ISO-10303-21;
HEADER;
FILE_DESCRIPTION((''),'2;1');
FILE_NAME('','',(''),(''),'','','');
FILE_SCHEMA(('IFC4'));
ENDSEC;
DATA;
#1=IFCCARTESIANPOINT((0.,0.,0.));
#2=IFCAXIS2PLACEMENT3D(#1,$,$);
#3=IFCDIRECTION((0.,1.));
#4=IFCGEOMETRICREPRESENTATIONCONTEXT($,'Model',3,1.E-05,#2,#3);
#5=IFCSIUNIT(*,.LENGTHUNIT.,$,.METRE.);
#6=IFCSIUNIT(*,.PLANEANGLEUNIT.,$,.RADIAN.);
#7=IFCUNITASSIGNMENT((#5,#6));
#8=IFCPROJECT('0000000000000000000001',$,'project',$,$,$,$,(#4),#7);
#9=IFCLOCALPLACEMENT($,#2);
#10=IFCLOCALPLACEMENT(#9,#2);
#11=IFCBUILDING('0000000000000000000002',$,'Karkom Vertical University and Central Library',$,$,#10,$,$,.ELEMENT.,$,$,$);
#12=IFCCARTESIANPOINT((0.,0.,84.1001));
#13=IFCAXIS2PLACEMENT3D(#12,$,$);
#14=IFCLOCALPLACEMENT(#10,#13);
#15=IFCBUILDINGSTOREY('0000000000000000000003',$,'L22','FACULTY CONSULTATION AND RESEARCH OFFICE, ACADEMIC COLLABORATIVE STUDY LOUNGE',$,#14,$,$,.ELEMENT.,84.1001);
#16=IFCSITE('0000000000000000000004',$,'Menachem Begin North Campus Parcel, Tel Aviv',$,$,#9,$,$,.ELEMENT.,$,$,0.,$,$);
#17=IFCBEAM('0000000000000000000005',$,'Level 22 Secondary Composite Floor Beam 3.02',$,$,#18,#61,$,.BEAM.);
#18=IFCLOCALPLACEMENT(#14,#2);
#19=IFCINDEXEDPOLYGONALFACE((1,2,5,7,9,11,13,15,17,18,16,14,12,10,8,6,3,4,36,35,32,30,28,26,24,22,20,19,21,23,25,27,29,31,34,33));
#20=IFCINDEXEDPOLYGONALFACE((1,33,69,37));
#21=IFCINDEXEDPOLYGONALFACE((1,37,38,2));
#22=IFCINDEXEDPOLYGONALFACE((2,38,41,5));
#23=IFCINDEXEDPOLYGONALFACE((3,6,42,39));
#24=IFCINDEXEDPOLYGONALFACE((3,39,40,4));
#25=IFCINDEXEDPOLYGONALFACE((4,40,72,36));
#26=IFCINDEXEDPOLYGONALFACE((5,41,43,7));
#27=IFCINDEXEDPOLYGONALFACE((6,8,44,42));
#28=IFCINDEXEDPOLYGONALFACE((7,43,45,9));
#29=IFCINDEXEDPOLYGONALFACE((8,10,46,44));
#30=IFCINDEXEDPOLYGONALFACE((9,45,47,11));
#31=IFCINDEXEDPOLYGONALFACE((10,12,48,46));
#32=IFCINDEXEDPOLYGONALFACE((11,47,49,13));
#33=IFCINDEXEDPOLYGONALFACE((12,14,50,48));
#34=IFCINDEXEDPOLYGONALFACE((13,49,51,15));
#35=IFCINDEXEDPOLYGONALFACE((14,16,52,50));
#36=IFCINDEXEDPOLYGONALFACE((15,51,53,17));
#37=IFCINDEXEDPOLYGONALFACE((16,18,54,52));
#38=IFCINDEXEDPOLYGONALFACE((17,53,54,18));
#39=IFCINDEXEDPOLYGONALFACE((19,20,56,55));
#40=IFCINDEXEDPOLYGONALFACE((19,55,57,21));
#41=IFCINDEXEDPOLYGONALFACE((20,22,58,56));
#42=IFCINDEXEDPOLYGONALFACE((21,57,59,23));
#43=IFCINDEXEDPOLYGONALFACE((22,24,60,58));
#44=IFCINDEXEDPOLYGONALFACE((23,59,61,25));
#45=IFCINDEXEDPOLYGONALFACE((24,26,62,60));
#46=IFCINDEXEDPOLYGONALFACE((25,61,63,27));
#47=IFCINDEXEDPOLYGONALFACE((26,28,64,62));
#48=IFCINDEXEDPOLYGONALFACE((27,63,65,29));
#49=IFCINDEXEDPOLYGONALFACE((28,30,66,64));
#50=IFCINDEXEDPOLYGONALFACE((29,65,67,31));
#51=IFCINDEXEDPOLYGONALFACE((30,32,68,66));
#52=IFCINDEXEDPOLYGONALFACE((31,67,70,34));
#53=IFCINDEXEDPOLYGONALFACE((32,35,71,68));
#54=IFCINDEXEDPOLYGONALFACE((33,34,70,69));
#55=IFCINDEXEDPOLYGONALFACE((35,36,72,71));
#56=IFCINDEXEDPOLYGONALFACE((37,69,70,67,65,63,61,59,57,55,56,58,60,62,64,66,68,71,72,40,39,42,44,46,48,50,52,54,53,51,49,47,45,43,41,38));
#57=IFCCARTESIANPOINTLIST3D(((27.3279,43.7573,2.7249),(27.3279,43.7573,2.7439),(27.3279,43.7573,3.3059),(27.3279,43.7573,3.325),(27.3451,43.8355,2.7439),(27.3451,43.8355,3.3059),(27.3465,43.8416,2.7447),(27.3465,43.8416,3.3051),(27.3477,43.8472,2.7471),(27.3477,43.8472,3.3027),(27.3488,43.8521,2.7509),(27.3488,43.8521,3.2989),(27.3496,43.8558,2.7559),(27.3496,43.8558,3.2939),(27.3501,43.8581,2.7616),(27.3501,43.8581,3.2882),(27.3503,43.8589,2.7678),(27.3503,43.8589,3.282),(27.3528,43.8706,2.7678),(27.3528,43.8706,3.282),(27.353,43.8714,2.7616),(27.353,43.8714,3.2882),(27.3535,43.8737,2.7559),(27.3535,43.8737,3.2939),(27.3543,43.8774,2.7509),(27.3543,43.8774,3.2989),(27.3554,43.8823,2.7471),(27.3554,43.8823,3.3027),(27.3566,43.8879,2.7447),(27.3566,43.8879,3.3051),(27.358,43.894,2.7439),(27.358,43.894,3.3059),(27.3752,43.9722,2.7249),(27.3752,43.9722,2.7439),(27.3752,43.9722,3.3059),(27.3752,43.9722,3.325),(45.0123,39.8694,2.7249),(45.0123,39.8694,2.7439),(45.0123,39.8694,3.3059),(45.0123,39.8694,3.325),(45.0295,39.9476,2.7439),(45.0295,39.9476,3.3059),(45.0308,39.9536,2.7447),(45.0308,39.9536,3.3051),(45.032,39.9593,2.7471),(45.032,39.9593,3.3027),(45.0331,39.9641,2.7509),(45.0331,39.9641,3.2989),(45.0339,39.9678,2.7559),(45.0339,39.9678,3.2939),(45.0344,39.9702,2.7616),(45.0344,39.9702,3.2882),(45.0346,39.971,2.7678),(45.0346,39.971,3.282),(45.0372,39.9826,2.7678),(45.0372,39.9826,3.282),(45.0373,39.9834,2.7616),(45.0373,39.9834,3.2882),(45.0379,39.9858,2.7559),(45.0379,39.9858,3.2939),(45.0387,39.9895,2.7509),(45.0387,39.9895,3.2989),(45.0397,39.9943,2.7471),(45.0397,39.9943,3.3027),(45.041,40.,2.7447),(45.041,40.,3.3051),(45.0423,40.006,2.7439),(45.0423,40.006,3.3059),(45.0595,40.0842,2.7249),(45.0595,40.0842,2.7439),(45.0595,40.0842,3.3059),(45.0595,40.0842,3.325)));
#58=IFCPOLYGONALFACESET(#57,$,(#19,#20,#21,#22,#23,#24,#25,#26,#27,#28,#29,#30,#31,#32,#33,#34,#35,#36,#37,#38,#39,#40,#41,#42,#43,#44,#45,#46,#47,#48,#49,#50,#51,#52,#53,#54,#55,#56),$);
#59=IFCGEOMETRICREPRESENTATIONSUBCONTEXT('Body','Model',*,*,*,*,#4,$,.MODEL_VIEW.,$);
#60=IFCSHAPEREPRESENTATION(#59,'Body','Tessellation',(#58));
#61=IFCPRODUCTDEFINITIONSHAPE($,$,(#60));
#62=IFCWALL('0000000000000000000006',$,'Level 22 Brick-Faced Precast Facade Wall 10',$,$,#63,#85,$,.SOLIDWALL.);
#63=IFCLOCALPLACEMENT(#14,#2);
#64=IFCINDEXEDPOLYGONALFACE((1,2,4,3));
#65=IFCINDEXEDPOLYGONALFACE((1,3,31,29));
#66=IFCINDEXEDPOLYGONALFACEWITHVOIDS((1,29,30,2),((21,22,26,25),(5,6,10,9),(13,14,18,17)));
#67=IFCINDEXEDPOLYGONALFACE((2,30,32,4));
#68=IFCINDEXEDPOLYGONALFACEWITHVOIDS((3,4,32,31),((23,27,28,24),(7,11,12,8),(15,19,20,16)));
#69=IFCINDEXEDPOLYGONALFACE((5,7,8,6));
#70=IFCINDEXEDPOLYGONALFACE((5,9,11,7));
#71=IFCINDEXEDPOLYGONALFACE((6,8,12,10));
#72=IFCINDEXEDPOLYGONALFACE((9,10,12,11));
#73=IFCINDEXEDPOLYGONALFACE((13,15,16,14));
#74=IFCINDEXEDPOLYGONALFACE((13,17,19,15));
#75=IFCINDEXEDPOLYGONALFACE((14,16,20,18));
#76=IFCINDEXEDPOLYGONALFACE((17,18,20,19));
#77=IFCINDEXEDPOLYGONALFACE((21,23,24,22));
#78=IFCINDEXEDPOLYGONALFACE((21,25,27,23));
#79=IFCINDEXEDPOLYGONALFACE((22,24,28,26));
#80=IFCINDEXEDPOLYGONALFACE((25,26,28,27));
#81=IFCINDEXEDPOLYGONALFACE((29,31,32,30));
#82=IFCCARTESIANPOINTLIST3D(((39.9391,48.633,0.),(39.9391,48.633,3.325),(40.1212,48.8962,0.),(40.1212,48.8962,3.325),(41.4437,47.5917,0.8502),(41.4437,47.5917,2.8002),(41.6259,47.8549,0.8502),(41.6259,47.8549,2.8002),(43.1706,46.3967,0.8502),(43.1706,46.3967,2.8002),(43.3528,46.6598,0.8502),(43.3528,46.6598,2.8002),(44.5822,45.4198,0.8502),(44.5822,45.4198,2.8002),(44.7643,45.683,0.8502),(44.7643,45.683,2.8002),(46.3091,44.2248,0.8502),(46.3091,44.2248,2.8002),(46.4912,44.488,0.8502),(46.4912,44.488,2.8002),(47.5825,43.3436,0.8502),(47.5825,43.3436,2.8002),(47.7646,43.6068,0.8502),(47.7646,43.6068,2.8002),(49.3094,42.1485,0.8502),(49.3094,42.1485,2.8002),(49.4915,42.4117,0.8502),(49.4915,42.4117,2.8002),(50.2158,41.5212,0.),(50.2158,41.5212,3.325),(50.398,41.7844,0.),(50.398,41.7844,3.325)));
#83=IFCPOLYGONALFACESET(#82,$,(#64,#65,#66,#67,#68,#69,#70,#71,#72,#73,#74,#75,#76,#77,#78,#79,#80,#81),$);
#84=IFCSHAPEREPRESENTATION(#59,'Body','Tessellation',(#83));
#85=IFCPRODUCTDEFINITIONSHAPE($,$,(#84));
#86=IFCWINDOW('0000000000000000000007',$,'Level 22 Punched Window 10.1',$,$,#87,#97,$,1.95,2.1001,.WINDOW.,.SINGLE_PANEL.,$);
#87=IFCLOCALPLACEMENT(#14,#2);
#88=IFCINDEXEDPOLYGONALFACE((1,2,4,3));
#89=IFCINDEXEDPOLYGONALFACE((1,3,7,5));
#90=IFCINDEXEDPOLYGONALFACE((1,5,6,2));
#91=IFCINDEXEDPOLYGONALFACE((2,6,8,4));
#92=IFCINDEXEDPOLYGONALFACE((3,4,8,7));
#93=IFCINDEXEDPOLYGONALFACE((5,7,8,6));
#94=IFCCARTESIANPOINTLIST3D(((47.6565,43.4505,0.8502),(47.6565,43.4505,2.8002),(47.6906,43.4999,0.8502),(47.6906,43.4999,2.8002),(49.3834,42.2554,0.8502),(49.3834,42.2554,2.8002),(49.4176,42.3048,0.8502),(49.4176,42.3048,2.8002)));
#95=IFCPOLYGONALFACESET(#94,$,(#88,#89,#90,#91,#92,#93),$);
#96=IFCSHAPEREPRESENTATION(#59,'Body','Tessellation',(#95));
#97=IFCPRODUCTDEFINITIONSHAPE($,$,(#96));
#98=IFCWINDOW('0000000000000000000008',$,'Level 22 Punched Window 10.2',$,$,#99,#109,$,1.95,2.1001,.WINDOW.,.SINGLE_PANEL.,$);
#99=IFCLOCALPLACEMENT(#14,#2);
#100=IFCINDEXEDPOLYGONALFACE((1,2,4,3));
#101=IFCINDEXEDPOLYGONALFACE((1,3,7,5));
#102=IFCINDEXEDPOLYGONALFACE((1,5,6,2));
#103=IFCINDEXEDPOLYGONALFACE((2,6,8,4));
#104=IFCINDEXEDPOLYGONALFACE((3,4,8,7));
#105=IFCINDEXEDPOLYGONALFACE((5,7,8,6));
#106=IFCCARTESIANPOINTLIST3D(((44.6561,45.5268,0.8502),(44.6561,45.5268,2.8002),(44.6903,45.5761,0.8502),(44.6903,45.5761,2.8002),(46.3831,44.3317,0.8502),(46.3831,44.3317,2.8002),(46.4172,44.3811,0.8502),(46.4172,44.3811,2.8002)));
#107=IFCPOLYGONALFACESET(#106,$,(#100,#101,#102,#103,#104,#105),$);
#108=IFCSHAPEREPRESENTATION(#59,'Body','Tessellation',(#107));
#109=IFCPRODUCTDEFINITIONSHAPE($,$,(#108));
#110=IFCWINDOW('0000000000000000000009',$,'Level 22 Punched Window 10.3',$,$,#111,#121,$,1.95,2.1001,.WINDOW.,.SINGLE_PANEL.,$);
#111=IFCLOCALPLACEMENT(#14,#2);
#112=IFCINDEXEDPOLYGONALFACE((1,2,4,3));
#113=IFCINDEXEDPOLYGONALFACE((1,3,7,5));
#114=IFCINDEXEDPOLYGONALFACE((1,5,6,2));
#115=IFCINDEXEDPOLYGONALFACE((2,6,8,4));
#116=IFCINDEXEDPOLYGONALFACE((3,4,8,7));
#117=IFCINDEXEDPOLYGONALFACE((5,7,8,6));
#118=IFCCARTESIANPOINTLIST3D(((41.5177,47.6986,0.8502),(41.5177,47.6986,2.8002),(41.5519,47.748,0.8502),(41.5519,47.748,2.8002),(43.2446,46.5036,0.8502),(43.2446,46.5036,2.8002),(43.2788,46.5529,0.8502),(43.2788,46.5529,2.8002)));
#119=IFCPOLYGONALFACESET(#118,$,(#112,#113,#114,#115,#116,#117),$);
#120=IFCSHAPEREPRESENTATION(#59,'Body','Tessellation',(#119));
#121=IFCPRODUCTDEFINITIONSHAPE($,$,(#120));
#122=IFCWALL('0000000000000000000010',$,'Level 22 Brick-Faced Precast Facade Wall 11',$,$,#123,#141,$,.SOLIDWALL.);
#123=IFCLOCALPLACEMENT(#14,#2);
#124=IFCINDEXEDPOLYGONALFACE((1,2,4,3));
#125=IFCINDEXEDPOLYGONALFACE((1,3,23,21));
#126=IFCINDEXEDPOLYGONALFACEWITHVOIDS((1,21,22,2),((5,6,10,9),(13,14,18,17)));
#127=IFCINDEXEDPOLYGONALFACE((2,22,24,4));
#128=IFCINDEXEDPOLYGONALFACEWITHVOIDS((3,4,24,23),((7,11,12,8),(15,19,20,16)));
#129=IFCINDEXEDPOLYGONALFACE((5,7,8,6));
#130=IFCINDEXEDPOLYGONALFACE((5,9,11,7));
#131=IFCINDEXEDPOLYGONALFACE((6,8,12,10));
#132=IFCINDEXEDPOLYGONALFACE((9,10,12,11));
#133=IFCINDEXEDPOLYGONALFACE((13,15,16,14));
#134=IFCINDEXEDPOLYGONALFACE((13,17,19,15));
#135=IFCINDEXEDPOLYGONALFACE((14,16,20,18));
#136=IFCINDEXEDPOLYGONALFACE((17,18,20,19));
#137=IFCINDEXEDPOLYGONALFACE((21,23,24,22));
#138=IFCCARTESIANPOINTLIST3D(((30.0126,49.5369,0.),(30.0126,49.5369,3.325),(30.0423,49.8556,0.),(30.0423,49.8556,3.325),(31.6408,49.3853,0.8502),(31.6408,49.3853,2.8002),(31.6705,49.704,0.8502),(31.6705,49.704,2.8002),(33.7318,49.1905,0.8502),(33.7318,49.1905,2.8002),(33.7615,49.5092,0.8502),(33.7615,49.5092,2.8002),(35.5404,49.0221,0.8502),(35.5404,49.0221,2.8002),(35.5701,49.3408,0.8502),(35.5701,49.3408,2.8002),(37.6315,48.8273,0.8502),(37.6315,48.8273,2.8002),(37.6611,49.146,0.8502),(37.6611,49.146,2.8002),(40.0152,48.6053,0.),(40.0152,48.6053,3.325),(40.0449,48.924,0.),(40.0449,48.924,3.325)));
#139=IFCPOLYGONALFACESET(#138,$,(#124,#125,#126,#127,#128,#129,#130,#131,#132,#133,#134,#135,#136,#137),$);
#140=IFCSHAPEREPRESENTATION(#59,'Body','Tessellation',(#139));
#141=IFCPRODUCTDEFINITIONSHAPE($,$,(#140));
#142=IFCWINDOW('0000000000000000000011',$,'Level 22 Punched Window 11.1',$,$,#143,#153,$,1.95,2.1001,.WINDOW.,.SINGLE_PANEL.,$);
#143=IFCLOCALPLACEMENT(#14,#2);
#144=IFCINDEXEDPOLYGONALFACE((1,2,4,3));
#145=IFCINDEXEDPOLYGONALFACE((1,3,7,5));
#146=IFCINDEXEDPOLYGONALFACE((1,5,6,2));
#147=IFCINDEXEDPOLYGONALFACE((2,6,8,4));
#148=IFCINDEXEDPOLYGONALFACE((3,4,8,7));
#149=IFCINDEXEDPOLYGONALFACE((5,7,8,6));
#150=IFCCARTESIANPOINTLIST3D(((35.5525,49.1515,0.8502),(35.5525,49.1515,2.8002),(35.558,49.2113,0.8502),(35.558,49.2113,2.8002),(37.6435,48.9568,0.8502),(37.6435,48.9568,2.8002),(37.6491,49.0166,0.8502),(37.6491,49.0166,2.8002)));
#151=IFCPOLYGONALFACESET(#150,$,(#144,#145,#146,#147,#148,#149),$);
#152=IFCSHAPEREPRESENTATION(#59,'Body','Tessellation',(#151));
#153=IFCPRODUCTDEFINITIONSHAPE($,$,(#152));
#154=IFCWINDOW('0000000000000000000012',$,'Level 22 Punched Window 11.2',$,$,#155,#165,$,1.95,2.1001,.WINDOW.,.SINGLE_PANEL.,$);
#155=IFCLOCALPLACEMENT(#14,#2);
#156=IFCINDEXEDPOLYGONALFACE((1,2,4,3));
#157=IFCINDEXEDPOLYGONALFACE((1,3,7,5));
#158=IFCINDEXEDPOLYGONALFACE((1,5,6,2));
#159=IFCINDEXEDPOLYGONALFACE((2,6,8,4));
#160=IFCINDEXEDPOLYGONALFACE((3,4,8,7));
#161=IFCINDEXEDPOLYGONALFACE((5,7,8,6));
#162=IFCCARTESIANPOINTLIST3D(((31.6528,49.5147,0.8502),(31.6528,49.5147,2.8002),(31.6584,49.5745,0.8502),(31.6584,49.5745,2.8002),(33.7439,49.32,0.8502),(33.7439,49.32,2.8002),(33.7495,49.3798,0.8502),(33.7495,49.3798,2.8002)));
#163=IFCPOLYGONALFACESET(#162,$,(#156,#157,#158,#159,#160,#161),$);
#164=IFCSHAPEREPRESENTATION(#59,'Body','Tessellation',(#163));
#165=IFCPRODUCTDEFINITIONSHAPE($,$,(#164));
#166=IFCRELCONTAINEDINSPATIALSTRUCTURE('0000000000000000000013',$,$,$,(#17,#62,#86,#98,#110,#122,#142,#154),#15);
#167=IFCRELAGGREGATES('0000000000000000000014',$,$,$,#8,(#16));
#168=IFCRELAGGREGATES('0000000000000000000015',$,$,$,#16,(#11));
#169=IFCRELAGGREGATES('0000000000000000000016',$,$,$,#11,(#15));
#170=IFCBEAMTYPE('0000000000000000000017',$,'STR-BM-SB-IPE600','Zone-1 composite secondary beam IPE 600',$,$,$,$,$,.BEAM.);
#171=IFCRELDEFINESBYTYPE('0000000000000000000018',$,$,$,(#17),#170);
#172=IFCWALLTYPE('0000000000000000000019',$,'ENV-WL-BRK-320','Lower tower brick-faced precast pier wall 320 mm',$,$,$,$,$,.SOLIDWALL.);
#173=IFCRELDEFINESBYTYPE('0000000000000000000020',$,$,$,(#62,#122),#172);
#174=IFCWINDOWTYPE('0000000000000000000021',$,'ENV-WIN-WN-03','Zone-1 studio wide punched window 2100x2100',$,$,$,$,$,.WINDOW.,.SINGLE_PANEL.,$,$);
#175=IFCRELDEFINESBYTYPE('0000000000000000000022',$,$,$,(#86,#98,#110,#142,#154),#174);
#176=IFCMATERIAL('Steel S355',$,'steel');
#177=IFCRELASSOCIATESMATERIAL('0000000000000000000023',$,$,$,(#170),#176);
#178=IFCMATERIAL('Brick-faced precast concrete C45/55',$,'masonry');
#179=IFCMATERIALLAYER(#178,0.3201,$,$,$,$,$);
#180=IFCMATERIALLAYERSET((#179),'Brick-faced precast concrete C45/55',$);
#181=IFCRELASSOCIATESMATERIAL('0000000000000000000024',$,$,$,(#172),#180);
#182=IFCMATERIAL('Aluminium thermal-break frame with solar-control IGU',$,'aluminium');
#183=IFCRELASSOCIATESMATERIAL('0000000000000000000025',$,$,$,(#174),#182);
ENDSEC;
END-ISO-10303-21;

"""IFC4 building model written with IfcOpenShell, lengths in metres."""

from ifc_helpers import new_model, si_unit, direction, frame, frame_2d, origin, origin_with_axes, origin_2d, place, context, subcontext, project, spatial, rectangle, i_section, extrude, source, transform, mapped, material, layer, layer_set, material_profile, profile_set, type_object, element, fill, save


model = new_model("IFC4")

# Units and contexts
model_context = context("Model", 3, precision=1e-05, world=origin(), true_north=direction((0.0, 1.0)))
body_context = subcontext(model_context, "Body", "Model", "MODEL_VIEW")
ifc_project = project(units=[si_unit("LENGTHUNIT", "METRE"), si_unit("PLANEANGLEUNIT", "RADIAN")], contexts=[model_context])

# Site, building, storey
site_placement = place(None, origin())
site = spatial("IfcSite", under=ifc_project, at=site_placement, Name="Menachem Begin North Campus Parcel, Tel Aviv", CompositionType="ELEMENT", RefElevation=0.0)
building_placement = place(site_placement, origin())
building = spatial("IfcBuilding", under=site, at=building_placement, Name="Karkom Vertical University and Central Library", CompositionType="ELEMENT")
storey_placement = place(building_placement, frame((0.0, 0.0, 84.1001)))
storey = spatial("IfcBuildingStorey", under=building, at=storey_placement, Name="L22", Description="FACULTY CONSULTATION AND RESEARCH OFFICE, ACADEMIC COLLABORATIVE STUDY LOUNGE", CompositionType="ELEMENT", Elevation=84.1001)

# Beam
ifc_material_1 = material(Name="Steel S355", Category="steel")
ifc_material_profile_1 = material_profile(ifc_material_1, i_section(OverallWidth=0.22, OverallDepth=0.6001, WebThickness=0.012, FlangeThickness=0.019, FilletRadius=0.0239, at=origin_2d()), Name="IPE 600")
ifc_profile_set_1 = profile_set([ifc_material_profile_1], Name="Steel S355")
beam_type_1 = type_object("IfcBeamType", Name="STR-BM-SB-IPE600", Description="Zone-1 composite secondary beam IPE 600", PredefinedType="BEAM", material=ifc_profile_set_1)
shared_shape_1 = source(origin_with_axes(), body_context, "Body", "SweptSolid", [
    extrude(i_section(OverallWidth=0.22, OverallDepth=0.6001, WebThickness=0.012, FlangeThickness=0.019, FilletRadius=0.0239, at=origin_2d()), origin(), (0.0, 0.0, 1.0), 18.1067),
])
beam_1_placement = place(storey_placement, frame((45.0359, 39.9768, 3.0249), z_axis=(-0.976675, 0.214724, 0.0), x_axis=(-0.214724, -0.976675, 0.0)))
element("IfcBeam", 1, at=beam_1_placement, inside=storey, type_object=beam_type_1, Name="Level 22 Secondary Composite Floor Beam 3.02", PredefinedType="BEAM", context=body_context, shape_type="MappedRepresentation", body=[
    mapped(shared_shape_1, transform((0.0, 0.0, 0.0), scale=1.0)),
])

# Walls, openings, windows
ifc_material_2 = material(Name="Brick-faced precast concrete C45/55", Category="masonry")
ifc_layer_1 = layer(ifc_material_2, 0.3201)
ifc_layer_set_1 = layer_set([ifc_layer_1], Name="Brick-faced precast concrete C45/55")
wall_type_1 = type_object("IfcWallType", Name="ENV-WL-BRK-320", Description="Lower tower brick-faced precast pier wall 320 mm", PredefinedType="SOLIDWALL", material=ifc_layer_set_1)
wall_1_placement = place(storey_placement, frame((50.3069, 41.6528, 0.0), z_axis=(0.0, 0.0, 1.0), x_axis=(-0.822302, 0.569052, 0.0)))
wall_1 = element("IfcWall", 2, at=wall_1_placement, inside=storey, type_object=wall_type_1, Name="Level 22 Brick-Faced Precast Facade Wall 10", PredefinedType="SOLIDWALL", context=body_context, shape_type="SweptSolid", body=[
    extrude(rectangle(XDim=12.4976, YDim=0.3201, at=frame_2d((6.2488, 0.0))), origin(), (0.0, 0.0, 1.0), 3.325),
])
opening_1_placement = place(wall_1_placement, frame((1.1023, 0.0, 0.8501)))
opening_1 = element("IfcOpeningElement", 3, at=opening_1_placement, cuts=wall_1, PredefinedType="OPENING", context=body_context, shape_type="SweptSolid", body=[
    extrude(rectangle(XDim=2.1001, YDim=1.95, at=frame_2d((1.05, 0.9751))), frame((0.0, 0.1699, 0.0), z_axis=(0.0, -1.0, 0.0), x_axis=(1.0, 0.0, 0.0)), (0.0, 0.0, 1.0), 0.3401),
])
opening_2_placement = place(wall_1_placement, frame((4.751, 0.0, 0.8501)))
opening_2 = element("IfcOpeningElement", 4, at=opening_2_placement, cuts=wall_1, PredefinedType="OPENING", context=body_context, shape_type="SweptSolid", body=[
    extrude(rectangle(XDim=2.1001, YDim=1.95, at=frame_2d((1.05, 0.9751))), frame((0.0, 0.1699, 0.0), z_axis=(0.0, -1.0, 0.0), x_axis=(1.0, 0.0, 0.0)), (0.0, 0.0, 1.0), 0.3401),
])
opening_3_placement = place(wall_1_placement, frame((8.5676, 0.0, 0.8501)))
opening_3 = element("IfcOpeningElement", 5, at=opening_3_placement, cuts=wall_1, PredefinedType="OPENING", context=body_context, shape_type="SweptSolid", body=[
    extrude(rectangle(XDim=2.1001, YDim=1.95, at=frame_2d((1.05, 0.9751))), frame((0.0, 0.1699, 0.0), z_axis=(0.0, -1.0, 0.0), x_axis=(1.0, 0.0, 0.0)), (0.0, 0.0, 1.0), 0.3401),
])
ifc_material_3 = material(Name="Aluminium thermal-break frame with solar-control IGU", Category="aluminium")
window_type = type_object("IfcWindowType", Name="ENV-WIN-WN-03", Description="Zone-1 studio wide punched window 2100x2100", PartitioningType="SINGLE_PANEL", PredefinedType="WINDOW", material=ifc_material_3)
shared_shape_2 = source(origin_with_axes(), body_context, "Body", "SweptSolid", [
    extrude(rectangle(XDim=2.1001, YDim=1.95, at=frame_2d((1.05, 0.9751))), frame((0.0, 0.03, 0.0), z_axis=(0.0, -1.0, 0.0), x_axis=(1.0, 0.0, 0.0)), (0.0, 0.0, 1.0), 0.0601),
])
window_1_placement = place(opening_1_placement, origin())
window_1 = element("IfcWindow", 6, at=window_1_placement, inside=storey, type_object=window_type, Name="Level 22 Punched Window 10.1", OverallHeight=1.95, OverallWidth=2.1001, PartitioningType="SINGLE_PANEL", PredefinedType="WINDOW", context=body_context, shape_type="MappedRepresentation", body=[
    mapped(shared_shape_2, transform((0.0, 0.0, 0.0), scale=1.0)),
])
fill(opening_1, window_1)
window_2_placement = place(opening_2_placement, origin())
window_2 = element("IfcWindow", 7, at=window_2_placement, inside=storey, type_object=window_type, Name="Level 22 Punched Window 10.2", OverallHeight=1.95, OverallWidth=2.1001, PartitioningType="SINGLE_PANEL", PredefinedType="WINDOW", context=body_context, shape_type="MappedRepresentation", body=[
    mapped(shared_shape_2, transform((0.0, 0.0, 0.0), scale=1.0)),
])
fill(opening_2, window_2)
window_3_placement = place(opening_3_placement, origin())
window_3 = element("IfcWindow", 8, at=window_3_placement, inside=storey, type_object=window_type, Name="Level 22 Punched Window 10.3", OverallHeight=1.95, OverallWidth=2.1001, PartitioningType="SINGLE_PANEL", PredefinedType="WINDOW", context=body_context, shape_type="MappedRepresentation", body=[
    mapped(shared_shape_2, transform((0.0, 0.0, 0.0), scale=1.0)),
])
fill(opening_3, window_3)
wall_2_placement = place(storey_placement, frame((40.03, 48.7646, 0.0), z_axis=(0.0, 0.0, 1.0), x_axis=(-0.995691, 0.092738, 0.0)))
wall_2 = element("IfcWall", 9, at=wall_2_placement, inside=storey, type_object=wall_type_1, Name="Level 22 Brick-Faced Precast Facade Wall 11", PredefinedType="SOLIDWALL", context=body_context, shape_type="SweptSolid", body=[
    extrude(rectangle(XDim=10.0459, YDim=0.3201, at=frame_2d((5.0229, 0.0))), origin(), (0.0, 0.0, 1.0), 3.325),
])
opening_4_placement = place(wall_2_placement, frame((2.394, 0.0, 0.8501)))
opening_4 = element("IfcOpeningElement", 10, at=opening_4_placement, cuts=wall_2, PredefinedType="OPENING", context=body_context, shape_type="SweptSolid", body=[
    extrude(rectangle(XDim=2.1001, YDim=1.95, at=frame_2d((1.05, 0.9751))), frame((0.0, 0.1699, 0.0), z_axis=(0.0, -1.0, 0.0), x_axis=(1.0, 0.0, 0.0)), (0.0, 0.0, 1.0), 0.3401),
])
opening_5_placement = place(wall_2_placement, frame((6.3105, 0.0, 0.8501)))
opening_5 = element("IfcOpeningElement", 11, at=opening_5_placement, cuts=wall_2, PredefinedType="OPENING", context=body_context, shape_type="SweptSolid", body=[
    extrude(rectangle(XDim=2.1001, YDim=1.95, at=frame_2d((1.05, 0.9751))), frame((0.0, 0.1699, 0.0), z_axis=(0.0, -1.0, 0.0), x_axis=(1.0, 0.0, 0.0)), (0.0, 0.0, 1.0), 0.3401),
])
window_4_placement = place(opening_4_placement, origin())
window_4 = element("IfcWindow", 12, at=window_4_placement, inside=storey, type_object=window_type, Name="Level 22 Punched Window 11.1", OverallHeight=1.95, OverallWidth=2.1001, PartitioningType="SINGLE_PANEL", PredefinedType="WINDOW", context=body_context, shape_type="MappedRepresentation", body=[
    mapped(shared_shape_2, transform((0.0, 0.0, 0.0), scale=1.0)),
])
fill(opening_4, window_4)
window_5_placement = place(opening_5_placement, origin())
window_5 = element("IfcWindow", 13, at=window_5_placement, inside=storey, type_object=window_type, Name="Level 22 Punched Window 11.2", OverallHeight=1.95, OverallWidth=2.1001, PartitioningType="SINGLE_PANEL", PredefinedType="WINDOW", context=body_context, shape_type="MappedRepresentation", body=[
    mapped(shared_shape_2, transform((0.0, 0.0, 0.0), scale=1.0)),
])
fill(opening_5, window_5)

save(model, "model.ifc")
